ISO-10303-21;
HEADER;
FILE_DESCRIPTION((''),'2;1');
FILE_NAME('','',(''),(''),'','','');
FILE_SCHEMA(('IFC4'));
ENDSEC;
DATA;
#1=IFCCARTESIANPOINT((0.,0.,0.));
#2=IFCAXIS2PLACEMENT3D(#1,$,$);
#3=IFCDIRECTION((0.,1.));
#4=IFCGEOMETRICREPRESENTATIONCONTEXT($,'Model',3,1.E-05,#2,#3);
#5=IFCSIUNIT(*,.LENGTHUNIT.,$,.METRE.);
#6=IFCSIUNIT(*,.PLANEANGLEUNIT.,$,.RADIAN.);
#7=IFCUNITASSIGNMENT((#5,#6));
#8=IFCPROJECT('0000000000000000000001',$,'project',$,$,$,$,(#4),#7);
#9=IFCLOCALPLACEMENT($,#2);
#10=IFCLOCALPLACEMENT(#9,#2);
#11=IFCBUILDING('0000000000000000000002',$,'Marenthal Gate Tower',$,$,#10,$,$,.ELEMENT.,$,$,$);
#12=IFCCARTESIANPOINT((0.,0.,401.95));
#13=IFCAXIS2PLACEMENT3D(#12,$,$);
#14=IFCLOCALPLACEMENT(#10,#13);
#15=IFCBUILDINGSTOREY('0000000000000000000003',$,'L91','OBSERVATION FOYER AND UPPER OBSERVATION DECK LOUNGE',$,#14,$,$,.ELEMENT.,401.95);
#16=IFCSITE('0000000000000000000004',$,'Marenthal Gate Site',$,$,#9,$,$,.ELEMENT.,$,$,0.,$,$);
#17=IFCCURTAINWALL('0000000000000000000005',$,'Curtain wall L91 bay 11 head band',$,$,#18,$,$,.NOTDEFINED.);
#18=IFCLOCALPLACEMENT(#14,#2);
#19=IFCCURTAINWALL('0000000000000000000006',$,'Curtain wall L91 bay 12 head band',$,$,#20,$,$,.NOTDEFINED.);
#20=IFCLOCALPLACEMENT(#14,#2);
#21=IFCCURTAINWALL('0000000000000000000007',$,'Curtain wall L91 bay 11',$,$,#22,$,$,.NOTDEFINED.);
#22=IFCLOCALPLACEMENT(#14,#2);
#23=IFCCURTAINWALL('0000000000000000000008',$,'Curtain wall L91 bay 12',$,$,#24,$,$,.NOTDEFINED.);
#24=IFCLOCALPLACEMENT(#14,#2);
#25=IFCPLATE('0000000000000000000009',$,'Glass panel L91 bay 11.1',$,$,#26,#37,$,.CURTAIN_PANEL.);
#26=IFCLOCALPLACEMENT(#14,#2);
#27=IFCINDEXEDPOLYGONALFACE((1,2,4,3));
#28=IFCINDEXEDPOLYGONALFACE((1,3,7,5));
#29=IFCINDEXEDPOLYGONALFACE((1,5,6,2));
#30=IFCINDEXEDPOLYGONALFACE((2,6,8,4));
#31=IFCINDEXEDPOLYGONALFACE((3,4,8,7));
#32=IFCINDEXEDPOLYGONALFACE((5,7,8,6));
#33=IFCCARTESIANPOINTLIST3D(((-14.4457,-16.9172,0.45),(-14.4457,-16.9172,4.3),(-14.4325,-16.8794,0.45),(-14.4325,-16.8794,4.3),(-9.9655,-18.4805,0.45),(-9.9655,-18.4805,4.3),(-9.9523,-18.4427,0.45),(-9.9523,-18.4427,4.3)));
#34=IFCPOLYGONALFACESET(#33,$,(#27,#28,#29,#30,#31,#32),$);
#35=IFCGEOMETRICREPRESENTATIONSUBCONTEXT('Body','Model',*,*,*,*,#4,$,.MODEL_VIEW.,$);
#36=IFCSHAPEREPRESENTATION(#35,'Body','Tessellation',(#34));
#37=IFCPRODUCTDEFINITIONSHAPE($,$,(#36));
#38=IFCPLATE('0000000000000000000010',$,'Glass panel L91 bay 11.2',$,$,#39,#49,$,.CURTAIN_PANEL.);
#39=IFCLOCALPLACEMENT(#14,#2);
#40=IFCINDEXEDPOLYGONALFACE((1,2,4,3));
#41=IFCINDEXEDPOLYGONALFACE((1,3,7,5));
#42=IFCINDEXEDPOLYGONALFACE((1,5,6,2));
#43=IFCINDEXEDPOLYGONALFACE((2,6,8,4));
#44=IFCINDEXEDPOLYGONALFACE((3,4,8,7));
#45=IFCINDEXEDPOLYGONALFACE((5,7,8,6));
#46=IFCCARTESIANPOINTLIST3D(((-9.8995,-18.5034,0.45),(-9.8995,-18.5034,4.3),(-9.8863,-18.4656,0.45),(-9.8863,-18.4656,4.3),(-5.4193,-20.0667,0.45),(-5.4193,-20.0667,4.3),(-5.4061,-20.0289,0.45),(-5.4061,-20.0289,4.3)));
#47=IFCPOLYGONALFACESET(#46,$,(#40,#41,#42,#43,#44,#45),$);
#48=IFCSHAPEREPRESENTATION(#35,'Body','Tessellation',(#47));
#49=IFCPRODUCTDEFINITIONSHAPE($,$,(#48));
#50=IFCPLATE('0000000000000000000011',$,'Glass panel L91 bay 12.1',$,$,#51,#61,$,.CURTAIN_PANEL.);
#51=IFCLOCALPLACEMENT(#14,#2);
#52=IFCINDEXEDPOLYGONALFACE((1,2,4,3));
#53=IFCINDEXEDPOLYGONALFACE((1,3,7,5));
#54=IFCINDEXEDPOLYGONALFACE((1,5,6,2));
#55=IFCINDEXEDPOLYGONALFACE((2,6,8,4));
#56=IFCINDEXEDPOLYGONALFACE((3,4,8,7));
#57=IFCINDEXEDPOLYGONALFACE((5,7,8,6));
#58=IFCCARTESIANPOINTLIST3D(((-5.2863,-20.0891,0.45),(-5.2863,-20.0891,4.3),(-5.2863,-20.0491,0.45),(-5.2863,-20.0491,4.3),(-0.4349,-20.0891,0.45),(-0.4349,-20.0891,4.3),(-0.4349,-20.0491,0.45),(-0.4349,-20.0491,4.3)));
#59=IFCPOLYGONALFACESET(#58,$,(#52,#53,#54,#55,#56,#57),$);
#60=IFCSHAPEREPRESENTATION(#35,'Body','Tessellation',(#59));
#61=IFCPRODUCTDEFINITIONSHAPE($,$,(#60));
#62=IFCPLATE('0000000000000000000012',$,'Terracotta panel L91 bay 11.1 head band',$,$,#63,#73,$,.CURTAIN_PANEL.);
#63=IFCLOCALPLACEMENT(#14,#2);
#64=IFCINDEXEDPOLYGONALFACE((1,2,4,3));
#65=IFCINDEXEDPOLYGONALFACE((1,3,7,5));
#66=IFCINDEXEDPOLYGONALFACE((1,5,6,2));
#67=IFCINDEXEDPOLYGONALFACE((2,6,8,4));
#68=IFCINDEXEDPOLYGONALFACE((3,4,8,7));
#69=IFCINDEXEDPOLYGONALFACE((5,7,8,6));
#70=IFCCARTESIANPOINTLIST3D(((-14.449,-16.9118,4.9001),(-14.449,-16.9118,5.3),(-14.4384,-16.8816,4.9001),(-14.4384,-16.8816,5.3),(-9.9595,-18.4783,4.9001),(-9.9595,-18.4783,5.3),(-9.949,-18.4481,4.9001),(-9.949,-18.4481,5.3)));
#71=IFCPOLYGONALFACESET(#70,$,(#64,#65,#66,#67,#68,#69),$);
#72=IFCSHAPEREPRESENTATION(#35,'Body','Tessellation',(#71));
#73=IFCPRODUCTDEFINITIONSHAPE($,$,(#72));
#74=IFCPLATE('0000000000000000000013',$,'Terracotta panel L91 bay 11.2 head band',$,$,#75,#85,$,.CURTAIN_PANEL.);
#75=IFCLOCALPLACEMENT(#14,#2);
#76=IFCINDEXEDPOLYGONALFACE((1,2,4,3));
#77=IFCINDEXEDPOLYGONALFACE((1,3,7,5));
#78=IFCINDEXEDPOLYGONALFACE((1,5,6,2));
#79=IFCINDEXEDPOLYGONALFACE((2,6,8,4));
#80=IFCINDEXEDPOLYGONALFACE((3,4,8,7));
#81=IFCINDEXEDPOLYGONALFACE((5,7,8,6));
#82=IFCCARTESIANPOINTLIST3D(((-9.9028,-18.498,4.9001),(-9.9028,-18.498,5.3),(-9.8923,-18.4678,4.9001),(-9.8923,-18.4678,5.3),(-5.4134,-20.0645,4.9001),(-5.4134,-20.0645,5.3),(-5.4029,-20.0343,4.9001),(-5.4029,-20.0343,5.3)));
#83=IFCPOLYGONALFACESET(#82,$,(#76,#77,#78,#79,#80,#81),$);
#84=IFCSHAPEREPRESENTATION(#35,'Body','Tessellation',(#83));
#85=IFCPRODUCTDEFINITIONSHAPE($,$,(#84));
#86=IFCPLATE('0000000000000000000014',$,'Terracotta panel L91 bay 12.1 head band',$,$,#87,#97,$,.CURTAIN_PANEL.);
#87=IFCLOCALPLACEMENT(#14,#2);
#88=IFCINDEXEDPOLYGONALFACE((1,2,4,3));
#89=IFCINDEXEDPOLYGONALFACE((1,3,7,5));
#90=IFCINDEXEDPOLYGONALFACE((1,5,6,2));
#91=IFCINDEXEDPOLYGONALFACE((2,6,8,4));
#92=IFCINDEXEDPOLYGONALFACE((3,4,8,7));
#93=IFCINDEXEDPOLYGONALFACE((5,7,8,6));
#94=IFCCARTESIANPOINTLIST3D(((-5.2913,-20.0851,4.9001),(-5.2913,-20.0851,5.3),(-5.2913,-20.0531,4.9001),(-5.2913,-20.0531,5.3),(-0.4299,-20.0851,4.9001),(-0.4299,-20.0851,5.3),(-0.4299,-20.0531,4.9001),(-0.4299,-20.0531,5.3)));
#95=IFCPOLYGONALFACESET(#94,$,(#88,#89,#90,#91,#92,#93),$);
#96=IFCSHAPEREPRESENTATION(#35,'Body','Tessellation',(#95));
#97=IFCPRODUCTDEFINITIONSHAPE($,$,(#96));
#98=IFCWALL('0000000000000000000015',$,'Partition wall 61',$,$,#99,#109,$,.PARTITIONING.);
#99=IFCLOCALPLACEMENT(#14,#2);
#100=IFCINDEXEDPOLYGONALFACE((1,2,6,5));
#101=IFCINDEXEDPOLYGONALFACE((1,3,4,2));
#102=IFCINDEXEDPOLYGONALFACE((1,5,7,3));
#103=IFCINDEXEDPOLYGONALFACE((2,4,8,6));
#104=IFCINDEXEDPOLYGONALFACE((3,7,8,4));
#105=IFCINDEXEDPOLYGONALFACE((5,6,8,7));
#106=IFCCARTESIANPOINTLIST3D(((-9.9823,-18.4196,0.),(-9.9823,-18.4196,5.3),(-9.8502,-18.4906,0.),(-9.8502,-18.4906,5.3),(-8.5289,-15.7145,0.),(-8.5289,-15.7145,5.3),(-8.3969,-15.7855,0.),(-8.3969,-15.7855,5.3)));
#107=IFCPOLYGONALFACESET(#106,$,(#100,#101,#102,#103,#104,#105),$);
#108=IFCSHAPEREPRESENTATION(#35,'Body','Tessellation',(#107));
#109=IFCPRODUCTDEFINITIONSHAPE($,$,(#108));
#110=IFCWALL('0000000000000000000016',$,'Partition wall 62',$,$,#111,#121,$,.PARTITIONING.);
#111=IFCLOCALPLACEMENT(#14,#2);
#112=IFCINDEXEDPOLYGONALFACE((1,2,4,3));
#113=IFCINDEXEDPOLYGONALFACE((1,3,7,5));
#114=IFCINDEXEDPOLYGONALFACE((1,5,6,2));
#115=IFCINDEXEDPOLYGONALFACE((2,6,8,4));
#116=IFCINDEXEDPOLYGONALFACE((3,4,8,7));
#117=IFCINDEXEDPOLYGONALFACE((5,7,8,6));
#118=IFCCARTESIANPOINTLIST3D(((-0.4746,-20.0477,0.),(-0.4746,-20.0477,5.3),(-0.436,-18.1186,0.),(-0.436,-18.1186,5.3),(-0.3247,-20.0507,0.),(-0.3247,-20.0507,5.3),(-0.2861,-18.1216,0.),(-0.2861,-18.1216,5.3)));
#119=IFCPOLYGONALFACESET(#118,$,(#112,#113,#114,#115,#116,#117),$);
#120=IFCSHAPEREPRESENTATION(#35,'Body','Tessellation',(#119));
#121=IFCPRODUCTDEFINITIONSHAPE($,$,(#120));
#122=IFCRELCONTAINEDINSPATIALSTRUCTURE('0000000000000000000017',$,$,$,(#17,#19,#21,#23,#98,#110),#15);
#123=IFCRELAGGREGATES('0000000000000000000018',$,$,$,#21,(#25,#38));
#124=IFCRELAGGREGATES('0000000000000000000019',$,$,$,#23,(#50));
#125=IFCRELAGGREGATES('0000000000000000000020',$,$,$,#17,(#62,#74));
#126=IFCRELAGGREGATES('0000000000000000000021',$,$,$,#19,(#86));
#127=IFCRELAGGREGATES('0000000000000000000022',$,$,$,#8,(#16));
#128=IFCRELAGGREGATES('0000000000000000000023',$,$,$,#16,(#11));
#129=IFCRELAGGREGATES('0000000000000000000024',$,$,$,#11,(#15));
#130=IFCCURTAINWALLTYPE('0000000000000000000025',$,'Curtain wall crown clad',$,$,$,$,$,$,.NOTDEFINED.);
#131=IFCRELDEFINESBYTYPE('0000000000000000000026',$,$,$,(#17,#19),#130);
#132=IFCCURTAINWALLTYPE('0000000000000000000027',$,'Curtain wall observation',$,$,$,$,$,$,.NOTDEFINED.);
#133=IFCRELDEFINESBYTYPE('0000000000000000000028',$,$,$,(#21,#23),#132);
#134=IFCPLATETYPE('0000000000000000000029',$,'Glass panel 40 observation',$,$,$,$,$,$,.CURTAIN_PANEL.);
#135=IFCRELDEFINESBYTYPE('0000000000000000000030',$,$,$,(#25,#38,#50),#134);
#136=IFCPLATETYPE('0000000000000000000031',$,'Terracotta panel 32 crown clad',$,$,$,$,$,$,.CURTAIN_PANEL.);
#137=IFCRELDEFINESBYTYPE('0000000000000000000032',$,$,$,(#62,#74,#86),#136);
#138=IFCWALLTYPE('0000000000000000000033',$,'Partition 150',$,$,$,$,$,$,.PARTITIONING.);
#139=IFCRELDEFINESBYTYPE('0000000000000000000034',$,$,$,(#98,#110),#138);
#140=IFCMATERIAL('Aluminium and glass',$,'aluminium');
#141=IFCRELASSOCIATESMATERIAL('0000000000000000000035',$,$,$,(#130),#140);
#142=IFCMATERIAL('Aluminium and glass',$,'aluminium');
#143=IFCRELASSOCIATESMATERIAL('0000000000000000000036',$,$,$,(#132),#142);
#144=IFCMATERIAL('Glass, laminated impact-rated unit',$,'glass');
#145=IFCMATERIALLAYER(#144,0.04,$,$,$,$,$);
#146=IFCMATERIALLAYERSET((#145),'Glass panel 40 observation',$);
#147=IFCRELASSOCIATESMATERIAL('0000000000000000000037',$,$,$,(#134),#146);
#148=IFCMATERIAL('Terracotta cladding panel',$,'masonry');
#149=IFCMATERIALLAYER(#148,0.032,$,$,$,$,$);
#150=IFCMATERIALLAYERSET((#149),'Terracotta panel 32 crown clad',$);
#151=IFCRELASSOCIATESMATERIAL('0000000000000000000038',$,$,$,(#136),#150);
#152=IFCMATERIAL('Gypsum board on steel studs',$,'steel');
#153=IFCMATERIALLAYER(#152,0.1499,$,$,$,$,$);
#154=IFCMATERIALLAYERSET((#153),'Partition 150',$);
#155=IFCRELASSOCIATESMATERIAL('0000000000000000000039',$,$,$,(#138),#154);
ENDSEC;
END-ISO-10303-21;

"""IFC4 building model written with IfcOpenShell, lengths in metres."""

from ifc_helpers import new_model, si_unit, direction, frame, frame_2d, origin, origin_2d, place, context, subcontext, project, spatial, rectangle, extrude, material, layer, layer_set, type_object, element, aggregate, save


model = new_model("IFC4")

# Units and contexts
model_context = context("Model", 3, precision=1e-05, world=origin(), true_north=direction((0.0, 1.0)))
body_context = subcontext(model_context, "Body", "Model", "MODEL_VIEW")
ifc_project = project(units=[si_unit("LENGTHUNIT", "METRE"), si_unit("PLANEANGLEUNIT", "RADIAN")], contexts=[model_context])

# Site, building, storey
site_placement = place(None, origin())
site = spatial("IfcSite", under=ifc_project, at=site_placement, Name="Marenthal Gate Site", CompositionType="ELEMENT", RefElevation=0.0)
building_placement = place(site_placement, origin())
building = spatial("IfcBuilding", under=site, at=building_placement, Name="Marenthal Gate Tower", CompositionType="ELEMENT")
storey_placement = place(building_placement, frame((0.0, 0.0, 401.95)))
storey = spatial("IfcBuildingStorey", under=building, at=storey_placement, Name="L91", Description="OBSERVATION FOYER AND UPPER OBSERVATION DECK LOUNGE", CompositionType="ELEMENT", Elevation=401.95)

# Curtain walls
ifc_material_1 = material(Name="Aluminium and glass", Category="aluminium")
curtain_wall_type_1 = type_object("IfcCurtainWallType", Name="Curtain wall crown clad", PredefinedType="NOTDEFINED", material=ifc_material_1)
curtain_wall_1_placement = place(storey_placement, origin())
curtain_wall_1 = element("IfcCurtainWall", 1, at=curtain_wall_1_placement, inside=storey, type_object=curtain_wall_type_1, Name="Curtain wall L91 bay 11 head band", PredefinedType="NOTDEFINED")
curtain_wall_2_placement = place(storey_placement, origin())
curtain_wall_2 = element("IfcCurtainWall", 2, at=curtain_wall_2_placement, inside=storey, type_object=curtain_wall_type_1, Name="Curtain wall L91 bay 12 head band", PredefinedType="NOTDEFINED")
ifc_material_2 = material(Name="Aluminium and glass", Category="aluminium")
curtain_wall_type_2 = type_object("IfcCurtainWallType", Name="Curtain wall observation", PredefinedType="NOTDEFINED", material=ifc_material_2)
curtain_wall_3_placement = place(storey_placement, origin())
curtain_wall_3 = element("IfcCurtainWall", 3, at=curtain_wall_3_placement, inside=storey, type_object=curtain_wall_type_2, Name="Curtain wall L91 bay 11", PredefinedType="NOTDEFINED")
curtain_wall_4_placement = place(storey_placement, origin())
curtain_wall_4 = element("IfcCurtainWall", 4, at=curtain_wall_4_placement, inside=storey, type_object=curtain_wall_type_2, Name="Curtain wall L91 bay 12", PredefinedType="NOTDEFINED")

# Plates
ifc_material_3 = material(Name="Glass, laminated impact-rated unit", Category="glass")
ifc_layer_1 = layer(ifc_material_3, 0.04)
ifc_layer_set_1 = layer_set([ifc_layer_1], Name="Glass panel 40 observation")
plate_type_1 = type_object("IfcPlateType", Name="Glass panel 40 observation", PredefinedType="CURTAIN_PANEL", material=ifc_layer_set_1)
plate_1_placement = place(storey_placement, frame((-12.199, -17.6799, 0.45), z_axis=(0.0, 0.0, 1.0), x_axis=(0.944172, -0.329454, 0.0)))
plate_1 = element("IfcPlate", 5, at=plate_1_placement, type_object=plate_type_1, Name="Glass panel L91 bay 11.1", PredefinedType="CURTAIN_PANEL", context=body_context, shape_type="SweptSolid", body=[
    extrude(rectangle(XDim=4.7451, YDim=0.04, at=origin_2d()), origin(), (0.0, 0.0, 1.0), 3.8501),
])
plate_2_placement = place(storey_placement, frame((-7.6528, -19.2661, 0.45), z_axis=(0.0, 0.0, 1.0), x_axis=(0.944172, -0.329454, 0.0)))
plate_2 = element("IfcPlate", 6, at=plate_2_placement, type_object=plate_type_1, Name="Glass panel L91 bay 11.2", PredefinedType="CURTAIN_PANEL", context=body_context, shape_type="SweptSolid", body=[
    extrude(rectangle(XDim=4.7451, YDim=0.04, at=origin_2d()), origin(), (0.0, 0.0, 1.0), 3.8501),
])
aggregate(curtain_wall_3, [plate_1, plate_2])
plate_3_placement = place(storey_placement, frame((-2.8606, -20.0691, 0.45), z_axis=(0.0, 0.0, 1.0), x_axis=(1.0, 0.0, 0.0)))
plate_3 = element("IfcPlate", 7, at=plate_3_placement, type_object=plate_type_1, Name="Glass panel L91 bay 12.1", PredefinedType="CURTAIN_PANEL", context=body_context, shape_type="SweptSolid", body=[
    extrude(rectangle(XDim=4.8513, YDim=0.04, at=origin_2d()), origin(), (0.0, 0.0, 1.0), 3.8501),
])
aggregate(curtain_wall_4, [plate_3])
ifc_material_4 = material(Name="Terracotta cladding panel", Category="masonry")
ifc_layer_2 = layer(ifc_material_4, 0.032)
ifc_layer_set_2 = layer_set([ifc_layer_2], Name="Terracotta panel 32 crown clad")
plate_type_2 = type_object("IfcPlateType", Name="Terracotta panel 32 crown clad", PredefinedType="CURTAIN_PANEL", material=ifc_layer_set_2)
plate_4_placement = place(storey_placement, frame((-12.199, -17.6799, 4.9001), z_axis=(0.0, 0.0, 1.0), x_axis=(0.944172, -0.329454, 0.0)))
plate_4 = element("IfcPlate", 8, at=plate_4_placement, type_object=plate_type_2, Name="Terracotta panel L91 bay 11.1 head band", PredefinedType="CURTAIN_PANEL", context=body_context, shape_type="SweptSolid", body=[
    extrude(rectangle(XDim=4.7549, YDim=0.032, at=origin_2d()), origin(), (0.0, 0.0, 1.0), 0.3999),
])
plate_5_placement = place(storey_placement, frame((-7.6528, -19.2661, 4.9001), z_axis=(0.0, 0.0, 1.0), x_axis=(0.944172, -0.329454, 0.0)))
plate_5 = element("IfcPlate", 9, at=plate_5_placement, type_object=plate_type_2, Name="Terracotta panel L91 bay 11.2 head band", PredefinedType="CURTAIN_PANEL", context=body_context, shape_type="SweptSolid", body=[
    extrude(rectangle(XDim=4.7549, YDim=0.032, at=origin_2d()), origin(), (0.0, 0.0, 1.0), 0.3999),
])
aggregate(curtain_wall_1, [plate_4, plate_5])
plate_6_placement = place(storey_placement, frame((-2.8606, -20.0691, 4.9001), z_axis=(0.0, 0.0, 1.0), x_axis=(1.0, 0.0, 0.0)))
plate_6 = element("IfcPlate", 10, at=plate_6_placement, type_object=plate_type_2, Name="Terracotta panel L91 bay 12.1 head band", PredefinedType="CURTAIN_PANEL", context=body_context, shape_type="SweptSolid", body=[
    extrude(rectangle(XDim=4.8613, YDim=0.032, at=origin_2d()), origin(), (0.0, 0.0, 1.0), 0.3999),
])
aggregate(curtain_wall_2, [plate_6])

# Walls
ifc_material_5 = material(Name="Gypsum board on steel studs", Category="steel")
ifc_layer_3 = layer(ifc_material_5, 0.1499)
ifc_layer_set_3 = layer_set([ifc_layer_3], Name="Partition 150")
wall_type = type_object("IfcWallType", Name="Partition 150", PredefinedType="PARTITIONING", material=ifc_layer_set_3)
wall_1_placement = place(storey_placement, frame((-9.9163, -18.4551, 0.0), z_axis=(0.0, 0.0, 1.0), x_axis=(0.473289, 0.880907, 0.0)))
element("IfcWall", 11, at=wall_1_placement, inside=storey, type_object=wall_type, Name="Partition wall 61", PredefinedType="PARTITIONING", context=body_context, shape_type="SweptSolid", body=[
    extrude(rectangle(XDim=3.0708, YDim=0.1499, at=frame_2d((1.5354, 0.0))), origin(), (0.0, 0.0, 1.0), 5.3),
])
wall_2_placement = place(storey_placement, frame((-0.3997, -20.0493, 0.0), z_axis=(0.0, 0.0, 1.0), x_axis=(0.019993, 0.9998, 0.0)))
element("IfcWall", 12, at=wall_2_placement, inside=storey, type_object=wall_type, Name="Partition wall 62", PredefinedType="PARTITIONING", context=body_context, shape_type="SweptSolid", body=[
    extrude(rectangle(XDim=1.9294, YDim=0.1499, at=frame_2d((0.9648, 0.0))), origin(), (0.0, 0.0, 1.0), 5.3),
])

save(model, "model.ifc")
